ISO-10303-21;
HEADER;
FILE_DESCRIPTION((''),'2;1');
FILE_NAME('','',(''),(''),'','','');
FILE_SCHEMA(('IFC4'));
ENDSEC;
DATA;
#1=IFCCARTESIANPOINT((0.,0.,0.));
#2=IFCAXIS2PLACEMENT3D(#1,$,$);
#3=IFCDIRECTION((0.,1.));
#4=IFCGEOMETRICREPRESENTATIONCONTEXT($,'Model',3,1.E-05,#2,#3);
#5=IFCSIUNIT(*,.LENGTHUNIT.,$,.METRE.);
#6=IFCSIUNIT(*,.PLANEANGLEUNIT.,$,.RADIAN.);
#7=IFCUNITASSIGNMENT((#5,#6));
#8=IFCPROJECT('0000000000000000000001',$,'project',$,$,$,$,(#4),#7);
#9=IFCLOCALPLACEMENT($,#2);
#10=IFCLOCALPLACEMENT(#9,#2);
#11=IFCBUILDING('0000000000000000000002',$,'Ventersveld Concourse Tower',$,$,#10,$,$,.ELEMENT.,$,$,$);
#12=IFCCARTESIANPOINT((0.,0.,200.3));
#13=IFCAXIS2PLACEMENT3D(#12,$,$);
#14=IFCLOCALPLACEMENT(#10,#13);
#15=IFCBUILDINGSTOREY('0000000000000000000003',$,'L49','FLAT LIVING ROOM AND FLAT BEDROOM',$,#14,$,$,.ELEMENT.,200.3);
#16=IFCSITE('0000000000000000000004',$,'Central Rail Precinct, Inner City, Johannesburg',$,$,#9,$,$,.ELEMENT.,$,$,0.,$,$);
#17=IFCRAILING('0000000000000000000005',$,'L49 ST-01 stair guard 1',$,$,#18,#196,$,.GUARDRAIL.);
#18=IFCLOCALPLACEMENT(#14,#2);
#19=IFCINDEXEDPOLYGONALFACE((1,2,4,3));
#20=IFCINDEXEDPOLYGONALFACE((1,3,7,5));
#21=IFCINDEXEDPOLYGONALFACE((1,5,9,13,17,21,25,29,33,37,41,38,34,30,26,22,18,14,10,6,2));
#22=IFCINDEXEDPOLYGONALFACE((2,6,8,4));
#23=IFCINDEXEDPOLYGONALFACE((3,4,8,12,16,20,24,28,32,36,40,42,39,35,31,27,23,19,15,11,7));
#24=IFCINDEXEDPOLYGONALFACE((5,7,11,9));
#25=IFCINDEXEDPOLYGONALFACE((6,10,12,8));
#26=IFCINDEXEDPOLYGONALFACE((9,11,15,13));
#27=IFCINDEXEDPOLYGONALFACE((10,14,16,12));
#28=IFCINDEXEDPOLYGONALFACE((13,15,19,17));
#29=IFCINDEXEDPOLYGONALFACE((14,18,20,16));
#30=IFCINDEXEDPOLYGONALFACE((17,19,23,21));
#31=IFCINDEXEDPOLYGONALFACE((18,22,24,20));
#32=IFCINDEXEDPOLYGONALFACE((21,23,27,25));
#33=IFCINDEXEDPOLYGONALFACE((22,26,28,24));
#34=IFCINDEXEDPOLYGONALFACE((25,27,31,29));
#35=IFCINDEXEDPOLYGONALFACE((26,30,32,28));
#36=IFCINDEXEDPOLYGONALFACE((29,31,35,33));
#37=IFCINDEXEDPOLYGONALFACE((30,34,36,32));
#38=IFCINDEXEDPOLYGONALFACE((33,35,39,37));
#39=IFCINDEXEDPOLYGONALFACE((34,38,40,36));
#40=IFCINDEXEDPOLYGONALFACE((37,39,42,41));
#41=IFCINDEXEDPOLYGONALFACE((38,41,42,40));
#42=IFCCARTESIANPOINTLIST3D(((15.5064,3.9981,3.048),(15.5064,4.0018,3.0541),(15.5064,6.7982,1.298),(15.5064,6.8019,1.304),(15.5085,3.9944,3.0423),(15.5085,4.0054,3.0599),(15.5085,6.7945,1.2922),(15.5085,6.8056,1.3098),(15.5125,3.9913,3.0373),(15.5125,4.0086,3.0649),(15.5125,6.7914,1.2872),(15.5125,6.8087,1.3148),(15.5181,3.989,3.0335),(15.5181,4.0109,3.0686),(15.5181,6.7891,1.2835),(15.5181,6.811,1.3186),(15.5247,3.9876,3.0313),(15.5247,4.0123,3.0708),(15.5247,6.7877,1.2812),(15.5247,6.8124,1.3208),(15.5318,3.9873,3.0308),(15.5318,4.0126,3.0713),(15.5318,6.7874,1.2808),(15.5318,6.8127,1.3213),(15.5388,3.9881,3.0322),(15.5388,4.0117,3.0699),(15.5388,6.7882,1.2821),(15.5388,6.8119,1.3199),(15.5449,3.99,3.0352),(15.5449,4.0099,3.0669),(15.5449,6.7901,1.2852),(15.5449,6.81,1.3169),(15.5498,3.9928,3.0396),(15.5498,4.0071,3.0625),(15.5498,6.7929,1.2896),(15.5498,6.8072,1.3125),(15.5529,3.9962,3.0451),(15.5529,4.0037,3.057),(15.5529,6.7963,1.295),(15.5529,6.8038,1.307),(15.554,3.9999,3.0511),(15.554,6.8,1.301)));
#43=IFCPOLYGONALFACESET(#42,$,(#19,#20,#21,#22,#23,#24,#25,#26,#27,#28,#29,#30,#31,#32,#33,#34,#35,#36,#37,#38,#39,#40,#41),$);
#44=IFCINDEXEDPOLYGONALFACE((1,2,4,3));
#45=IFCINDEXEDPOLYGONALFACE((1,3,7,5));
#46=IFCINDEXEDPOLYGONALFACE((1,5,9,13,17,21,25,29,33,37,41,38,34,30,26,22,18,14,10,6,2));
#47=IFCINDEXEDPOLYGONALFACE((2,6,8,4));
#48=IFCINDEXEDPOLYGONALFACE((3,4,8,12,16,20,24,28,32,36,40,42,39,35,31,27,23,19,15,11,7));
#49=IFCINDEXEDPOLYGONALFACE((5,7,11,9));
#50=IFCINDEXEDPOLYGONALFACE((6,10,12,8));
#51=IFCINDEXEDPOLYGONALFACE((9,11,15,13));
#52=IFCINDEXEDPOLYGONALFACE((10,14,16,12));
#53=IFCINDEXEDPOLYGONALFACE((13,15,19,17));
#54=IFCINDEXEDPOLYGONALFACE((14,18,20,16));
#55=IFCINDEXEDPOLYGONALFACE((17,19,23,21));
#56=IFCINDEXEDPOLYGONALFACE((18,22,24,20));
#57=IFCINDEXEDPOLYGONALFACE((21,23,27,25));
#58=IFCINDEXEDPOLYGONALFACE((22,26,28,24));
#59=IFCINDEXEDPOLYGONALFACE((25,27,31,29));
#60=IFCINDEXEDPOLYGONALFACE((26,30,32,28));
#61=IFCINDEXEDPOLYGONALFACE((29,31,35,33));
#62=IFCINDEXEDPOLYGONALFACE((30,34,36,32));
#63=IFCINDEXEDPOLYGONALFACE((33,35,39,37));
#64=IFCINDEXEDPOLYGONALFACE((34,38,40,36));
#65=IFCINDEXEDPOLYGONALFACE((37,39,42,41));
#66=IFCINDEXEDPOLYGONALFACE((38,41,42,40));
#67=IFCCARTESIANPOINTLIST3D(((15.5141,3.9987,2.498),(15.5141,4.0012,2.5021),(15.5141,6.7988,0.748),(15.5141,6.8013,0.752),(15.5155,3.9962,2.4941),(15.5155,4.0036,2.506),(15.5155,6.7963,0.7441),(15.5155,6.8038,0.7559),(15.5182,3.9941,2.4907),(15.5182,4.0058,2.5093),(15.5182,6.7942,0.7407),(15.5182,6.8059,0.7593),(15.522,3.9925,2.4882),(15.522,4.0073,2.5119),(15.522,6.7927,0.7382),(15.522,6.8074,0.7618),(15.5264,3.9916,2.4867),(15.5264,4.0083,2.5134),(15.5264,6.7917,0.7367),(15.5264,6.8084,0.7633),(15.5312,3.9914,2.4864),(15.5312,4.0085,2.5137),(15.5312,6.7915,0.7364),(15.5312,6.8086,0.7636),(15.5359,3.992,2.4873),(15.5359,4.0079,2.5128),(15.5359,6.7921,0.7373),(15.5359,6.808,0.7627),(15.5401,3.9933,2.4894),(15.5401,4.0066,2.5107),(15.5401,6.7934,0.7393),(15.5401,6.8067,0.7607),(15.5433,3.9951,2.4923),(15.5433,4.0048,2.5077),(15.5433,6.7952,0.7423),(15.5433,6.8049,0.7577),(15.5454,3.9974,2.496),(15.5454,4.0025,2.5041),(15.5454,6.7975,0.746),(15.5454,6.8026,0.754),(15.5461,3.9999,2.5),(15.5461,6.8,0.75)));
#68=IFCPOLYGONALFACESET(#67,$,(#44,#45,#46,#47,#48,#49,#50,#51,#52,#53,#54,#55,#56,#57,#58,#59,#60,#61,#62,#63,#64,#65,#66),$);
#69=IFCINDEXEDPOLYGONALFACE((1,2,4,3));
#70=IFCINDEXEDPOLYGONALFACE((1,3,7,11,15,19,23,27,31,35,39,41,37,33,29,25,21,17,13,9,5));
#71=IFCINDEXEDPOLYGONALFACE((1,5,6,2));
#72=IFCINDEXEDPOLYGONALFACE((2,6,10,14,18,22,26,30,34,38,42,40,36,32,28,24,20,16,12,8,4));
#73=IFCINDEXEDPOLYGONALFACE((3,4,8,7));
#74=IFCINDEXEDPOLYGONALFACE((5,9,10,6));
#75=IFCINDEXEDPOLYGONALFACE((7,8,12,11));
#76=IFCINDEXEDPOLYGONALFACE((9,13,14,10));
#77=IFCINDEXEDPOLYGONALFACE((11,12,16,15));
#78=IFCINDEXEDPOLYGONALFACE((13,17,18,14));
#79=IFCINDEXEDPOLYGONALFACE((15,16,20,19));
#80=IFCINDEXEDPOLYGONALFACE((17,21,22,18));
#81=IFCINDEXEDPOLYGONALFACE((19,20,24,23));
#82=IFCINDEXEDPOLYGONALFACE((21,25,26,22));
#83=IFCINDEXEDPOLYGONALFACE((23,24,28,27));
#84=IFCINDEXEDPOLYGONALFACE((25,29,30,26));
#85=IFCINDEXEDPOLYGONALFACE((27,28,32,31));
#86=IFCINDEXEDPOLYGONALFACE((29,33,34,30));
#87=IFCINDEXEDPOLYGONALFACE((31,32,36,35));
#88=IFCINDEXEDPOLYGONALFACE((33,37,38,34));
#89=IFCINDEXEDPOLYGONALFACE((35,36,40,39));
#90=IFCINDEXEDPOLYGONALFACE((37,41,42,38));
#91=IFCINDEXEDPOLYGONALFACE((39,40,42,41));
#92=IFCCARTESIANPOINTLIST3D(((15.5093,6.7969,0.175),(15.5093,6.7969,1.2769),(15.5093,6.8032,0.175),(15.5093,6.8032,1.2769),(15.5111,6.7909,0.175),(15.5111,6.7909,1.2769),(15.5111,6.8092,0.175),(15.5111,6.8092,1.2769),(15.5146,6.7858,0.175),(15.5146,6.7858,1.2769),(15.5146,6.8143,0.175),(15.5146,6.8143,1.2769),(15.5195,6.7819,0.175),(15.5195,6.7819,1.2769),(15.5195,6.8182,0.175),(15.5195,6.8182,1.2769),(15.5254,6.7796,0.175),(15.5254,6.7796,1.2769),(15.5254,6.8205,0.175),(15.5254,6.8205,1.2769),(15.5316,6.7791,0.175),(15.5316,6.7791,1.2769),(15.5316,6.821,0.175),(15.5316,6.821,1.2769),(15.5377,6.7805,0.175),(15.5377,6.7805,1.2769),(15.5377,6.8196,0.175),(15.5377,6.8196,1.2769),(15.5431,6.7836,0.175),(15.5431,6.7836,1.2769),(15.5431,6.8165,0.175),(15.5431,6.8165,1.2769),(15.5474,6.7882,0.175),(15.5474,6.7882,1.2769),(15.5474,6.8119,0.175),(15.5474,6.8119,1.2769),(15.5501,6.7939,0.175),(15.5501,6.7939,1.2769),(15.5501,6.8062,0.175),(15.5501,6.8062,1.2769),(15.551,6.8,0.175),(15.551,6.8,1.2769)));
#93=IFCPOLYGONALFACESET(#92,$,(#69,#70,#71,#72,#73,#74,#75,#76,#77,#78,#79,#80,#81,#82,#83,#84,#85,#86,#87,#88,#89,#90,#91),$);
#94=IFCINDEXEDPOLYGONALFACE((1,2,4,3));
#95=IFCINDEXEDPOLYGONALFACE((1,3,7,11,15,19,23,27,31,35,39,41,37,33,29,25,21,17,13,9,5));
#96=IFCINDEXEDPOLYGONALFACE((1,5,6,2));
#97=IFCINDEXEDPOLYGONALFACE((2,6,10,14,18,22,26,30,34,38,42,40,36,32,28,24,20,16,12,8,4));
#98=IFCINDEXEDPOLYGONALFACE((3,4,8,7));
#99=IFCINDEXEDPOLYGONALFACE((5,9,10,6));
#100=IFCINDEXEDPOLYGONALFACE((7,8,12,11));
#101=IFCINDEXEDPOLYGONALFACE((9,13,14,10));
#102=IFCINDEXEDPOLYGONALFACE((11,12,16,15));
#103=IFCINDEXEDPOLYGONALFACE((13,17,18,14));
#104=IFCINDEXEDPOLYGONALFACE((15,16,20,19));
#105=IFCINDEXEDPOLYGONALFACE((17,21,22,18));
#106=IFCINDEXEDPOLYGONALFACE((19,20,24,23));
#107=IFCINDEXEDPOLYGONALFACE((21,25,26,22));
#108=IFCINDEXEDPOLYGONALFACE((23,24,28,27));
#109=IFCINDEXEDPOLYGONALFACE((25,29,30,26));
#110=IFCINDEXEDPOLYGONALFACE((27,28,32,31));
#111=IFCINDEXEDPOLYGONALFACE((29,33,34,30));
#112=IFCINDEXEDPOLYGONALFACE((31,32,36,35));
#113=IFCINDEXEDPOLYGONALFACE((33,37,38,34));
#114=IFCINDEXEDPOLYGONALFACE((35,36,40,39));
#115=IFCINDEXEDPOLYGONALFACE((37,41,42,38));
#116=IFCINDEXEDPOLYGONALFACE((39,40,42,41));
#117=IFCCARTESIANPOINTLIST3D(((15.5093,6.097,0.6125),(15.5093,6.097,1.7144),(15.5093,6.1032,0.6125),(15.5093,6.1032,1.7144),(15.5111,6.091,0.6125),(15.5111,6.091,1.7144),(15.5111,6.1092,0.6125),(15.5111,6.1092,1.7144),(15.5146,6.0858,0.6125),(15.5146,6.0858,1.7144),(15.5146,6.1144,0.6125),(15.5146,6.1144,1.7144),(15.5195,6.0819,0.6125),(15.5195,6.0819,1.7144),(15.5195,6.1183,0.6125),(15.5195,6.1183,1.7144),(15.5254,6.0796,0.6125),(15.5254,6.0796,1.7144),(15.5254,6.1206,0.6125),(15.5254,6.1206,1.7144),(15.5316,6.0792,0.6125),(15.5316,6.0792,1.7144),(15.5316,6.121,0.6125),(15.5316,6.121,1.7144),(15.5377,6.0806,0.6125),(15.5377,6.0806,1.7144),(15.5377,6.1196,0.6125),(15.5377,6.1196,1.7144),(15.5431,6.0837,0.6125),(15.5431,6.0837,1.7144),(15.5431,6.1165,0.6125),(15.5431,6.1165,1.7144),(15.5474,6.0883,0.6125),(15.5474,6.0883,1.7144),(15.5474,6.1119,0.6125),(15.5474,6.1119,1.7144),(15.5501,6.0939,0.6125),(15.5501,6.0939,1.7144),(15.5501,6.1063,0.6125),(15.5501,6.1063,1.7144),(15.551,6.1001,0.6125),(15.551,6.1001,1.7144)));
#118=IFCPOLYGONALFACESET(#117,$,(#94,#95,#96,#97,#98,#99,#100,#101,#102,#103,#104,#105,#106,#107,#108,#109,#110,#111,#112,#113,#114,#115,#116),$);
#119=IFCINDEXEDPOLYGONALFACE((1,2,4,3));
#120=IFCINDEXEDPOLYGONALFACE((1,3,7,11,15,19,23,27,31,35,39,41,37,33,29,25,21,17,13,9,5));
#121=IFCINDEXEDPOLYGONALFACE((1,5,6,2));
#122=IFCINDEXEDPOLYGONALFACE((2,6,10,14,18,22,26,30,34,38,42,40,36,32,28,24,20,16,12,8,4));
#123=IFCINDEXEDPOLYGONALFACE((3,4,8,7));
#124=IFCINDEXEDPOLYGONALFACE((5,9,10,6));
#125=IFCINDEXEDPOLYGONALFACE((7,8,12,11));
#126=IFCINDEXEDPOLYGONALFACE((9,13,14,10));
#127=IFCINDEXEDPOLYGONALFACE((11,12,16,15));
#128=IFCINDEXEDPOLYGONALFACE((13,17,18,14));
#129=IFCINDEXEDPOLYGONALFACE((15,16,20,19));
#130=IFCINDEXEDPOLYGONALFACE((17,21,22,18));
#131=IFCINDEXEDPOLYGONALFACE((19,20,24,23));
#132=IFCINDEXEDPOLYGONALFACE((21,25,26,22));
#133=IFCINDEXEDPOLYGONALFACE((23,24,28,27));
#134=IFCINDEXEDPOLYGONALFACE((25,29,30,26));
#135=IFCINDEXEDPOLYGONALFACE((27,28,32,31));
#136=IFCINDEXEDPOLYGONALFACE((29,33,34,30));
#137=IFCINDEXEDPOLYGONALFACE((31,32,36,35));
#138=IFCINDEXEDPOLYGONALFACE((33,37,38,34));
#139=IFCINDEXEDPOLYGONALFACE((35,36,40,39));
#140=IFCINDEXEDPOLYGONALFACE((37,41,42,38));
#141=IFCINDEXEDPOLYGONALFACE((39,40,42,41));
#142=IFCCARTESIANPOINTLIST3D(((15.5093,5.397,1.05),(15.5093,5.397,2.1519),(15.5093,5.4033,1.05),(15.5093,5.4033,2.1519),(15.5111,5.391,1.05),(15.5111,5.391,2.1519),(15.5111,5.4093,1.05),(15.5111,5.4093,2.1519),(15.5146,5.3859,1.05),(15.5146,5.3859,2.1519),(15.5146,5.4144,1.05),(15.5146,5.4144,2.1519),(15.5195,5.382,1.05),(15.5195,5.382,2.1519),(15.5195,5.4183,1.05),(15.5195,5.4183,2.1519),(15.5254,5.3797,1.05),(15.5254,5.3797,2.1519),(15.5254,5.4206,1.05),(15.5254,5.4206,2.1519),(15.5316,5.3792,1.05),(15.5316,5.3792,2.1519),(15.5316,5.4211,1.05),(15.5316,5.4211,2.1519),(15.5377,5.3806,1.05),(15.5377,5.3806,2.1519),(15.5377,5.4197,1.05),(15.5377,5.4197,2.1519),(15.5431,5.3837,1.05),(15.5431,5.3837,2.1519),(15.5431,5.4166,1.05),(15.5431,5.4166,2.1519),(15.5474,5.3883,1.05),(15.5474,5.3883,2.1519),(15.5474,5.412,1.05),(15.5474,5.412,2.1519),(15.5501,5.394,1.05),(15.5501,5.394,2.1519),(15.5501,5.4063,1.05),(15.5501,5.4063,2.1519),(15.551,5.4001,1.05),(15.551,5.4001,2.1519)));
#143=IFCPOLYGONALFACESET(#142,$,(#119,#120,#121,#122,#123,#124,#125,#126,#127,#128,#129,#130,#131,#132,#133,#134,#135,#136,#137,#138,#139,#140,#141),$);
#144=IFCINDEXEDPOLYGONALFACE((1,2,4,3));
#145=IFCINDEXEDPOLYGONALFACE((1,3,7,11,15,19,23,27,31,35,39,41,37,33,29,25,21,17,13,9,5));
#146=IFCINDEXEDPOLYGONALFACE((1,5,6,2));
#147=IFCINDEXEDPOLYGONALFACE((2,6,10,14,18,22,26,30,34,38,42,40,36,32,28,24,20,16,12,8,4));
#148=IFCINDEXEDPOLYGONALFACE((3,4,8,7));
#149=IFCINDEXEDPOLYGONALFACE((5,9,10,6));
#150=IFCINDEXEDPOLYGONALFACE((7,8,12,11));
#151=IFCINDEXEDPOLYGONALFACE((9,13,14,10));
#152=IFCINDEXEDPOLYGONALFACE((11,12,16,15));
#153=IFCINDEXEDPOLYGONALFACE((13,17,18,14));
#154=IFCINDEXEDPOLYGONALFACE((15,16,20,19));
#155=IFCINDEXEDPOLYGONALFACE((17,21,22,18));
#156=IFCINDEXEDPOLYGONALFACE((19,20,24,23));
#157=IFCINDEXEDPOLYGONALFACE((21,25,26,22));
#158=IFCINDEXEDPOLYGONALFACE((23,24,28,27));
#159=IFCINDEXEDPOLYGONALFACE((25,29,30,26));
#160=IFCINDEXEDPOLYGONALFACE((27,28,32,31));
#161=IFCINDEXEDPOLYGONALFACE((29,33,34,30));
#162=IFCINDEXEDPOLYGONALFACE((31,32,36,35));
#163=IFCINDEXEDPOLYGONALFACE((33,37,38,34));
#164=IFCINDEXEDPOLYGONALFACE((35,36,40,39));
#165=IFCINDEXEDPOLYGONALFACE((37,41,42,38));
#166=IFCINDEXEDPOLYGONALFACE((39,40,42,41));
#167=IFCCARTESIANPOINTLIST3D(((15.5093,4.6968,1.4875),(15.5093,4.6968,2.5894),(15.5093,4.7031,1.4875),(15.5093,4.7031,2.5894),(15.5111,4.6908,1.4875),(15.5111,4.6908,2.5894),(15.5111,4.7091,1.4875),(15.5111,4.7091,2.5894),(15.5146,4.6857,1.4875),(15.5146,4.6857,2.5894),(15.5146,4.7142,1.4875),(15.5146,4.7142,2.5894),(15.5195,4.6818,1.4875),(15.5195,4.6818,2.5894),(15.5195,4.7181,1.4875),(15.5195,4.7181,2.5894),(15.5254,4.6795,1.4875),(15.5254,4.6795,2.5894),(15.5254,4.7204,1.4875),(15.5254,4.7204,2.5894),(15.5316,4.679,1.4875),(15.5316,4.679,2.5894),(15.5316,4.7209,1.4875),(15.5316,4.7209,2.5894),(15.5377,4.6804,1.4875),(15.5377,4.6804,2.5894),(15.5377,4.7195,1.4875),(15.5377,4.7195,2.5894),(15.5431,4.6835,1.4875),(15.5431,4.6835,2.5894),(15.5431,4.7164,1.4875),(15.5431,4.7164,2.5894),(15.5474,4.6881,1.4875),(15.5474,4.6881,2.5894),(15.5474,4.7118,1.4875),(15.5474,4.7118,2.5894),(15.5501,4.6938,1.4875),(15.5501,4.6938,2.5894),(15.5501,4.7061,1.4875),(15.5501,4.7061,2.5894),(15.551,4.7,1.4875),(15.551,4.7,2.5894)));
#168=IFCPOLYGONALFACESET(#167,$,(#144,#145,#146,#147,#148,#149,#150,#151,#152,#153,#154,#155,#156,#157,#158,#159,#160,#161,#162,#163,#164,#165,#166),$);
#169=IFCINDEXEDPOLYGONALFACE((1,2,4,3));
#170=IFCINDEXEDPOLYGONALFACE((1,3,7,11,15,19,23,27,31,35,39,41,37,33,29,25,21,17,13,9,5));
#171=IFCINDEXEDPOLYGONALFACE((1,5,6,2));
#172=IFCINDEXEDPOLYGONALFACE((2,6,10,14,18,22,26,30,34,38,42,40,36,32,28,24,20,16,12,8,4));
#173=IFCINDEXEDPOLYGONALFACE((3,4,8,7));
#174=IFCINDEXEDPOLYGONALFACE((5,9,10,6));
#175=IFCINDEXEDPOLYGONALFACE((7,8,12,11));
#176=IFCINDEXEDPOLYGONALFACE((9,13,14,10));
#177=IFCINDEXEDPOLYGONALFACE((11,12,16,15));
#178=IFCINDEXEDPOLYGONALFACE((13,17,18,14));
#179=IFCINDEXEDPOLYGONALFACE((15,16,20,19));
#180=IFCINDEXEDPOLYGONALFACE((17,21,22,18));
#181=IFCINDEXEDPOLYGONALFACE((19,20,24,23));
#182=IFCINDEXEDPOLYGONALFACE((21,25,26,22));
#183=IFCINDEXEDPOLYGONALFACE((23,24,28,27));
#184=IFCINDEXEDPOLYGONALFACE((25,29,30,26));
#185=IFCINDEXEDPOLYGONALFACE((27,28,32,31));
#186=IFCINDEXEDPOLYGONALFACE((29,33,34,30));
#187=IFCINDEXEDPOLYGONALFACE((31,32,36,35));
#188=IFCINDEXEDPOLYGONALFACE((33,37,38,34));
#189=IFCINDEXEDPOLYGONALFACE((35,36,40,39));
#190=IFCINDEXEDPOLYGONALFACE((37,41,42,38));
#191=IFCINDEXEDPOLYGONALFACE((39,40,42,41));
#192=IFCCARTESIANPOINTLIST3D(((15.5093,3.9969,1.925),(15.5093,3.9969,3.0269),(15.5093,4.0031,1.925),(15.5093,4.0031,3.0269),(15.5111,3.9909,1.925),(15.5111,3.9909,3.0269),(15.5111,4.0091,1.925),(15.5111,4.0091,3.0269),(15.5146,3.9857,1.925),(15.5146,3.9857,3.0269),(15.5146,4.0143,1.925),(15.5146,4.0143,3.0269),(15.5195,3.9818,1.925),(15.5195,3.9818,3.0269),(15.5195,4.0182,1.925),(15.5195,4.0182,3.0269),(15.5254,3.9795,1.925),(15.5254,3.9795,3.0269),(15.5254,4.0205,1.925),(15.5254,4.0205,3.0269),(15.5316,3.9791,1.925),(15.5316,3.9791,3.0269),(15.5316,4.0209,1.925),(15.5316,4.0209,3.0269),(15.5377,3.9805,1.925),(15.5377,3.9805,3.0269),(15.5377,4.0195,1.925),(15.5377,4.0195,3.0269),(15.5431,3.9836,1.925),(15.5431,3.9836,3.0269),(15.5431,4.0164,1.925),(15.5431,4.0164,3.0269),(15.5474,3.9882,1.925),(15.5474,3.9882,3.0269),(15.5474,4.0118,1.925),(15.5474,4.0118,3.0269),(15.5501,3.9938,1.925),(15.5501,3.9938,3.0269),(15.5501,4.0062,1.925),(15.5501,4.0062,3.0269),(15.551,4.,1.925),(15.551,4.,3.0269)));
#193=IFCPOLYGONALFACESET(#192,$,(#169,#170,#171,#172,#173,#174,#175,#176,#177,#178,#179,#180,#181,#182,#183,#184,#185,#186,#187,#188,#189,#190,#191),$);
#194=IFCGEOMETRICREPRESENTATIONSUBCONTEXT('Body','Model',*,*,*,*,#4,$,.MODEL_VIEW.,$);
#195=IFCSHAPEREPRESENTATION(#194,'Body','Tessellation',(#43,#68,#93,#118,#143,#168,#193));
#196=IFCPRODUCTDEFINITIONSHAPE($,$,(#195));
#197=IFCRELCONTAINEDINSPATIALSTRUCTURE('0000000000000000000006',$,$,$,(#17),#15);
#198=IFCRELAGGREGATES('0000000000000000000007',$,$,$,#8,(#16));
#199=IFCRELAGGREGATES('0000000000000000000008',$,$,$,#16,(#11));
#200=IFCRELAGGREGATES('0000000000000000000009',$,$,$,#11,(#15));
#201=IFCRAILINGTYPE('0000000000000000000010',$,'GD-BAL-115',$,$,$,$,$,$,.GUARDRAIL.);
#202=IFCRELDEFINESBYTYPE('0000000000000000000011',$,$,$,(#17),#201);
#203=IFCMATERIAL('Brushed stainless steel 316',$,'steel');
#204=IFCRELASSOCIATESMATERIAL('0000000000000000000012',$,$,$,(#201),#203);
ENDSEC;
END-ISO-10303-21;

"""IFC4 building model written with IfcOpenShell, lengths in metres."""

from ifc_helpers import new_model, si_unit, direction, frame, origin, origin_2d, place, context, subcontext, project, spatial, circle, extrude, material, type_object, element, save


model = new_model("IFC4")

# Units and contexts
model_context = context("Model", 3, precision=1e-05, world=origin(), true_north=direction((0.0, 1.0)))
body_context = subcontext(model_context, "Body", "Model", "MODEL_VIEW")
ifc_project = project(units=[si_unit("LENGTHUNIT", "METRE"), si_unit("PLANEANGLEUNIT", "RADIAN")], contexts=[model_context])

# Site, building, storey
site_placement = place(None, origin())
site = spatial("IfcSite", under=ifc_project, at=site_placement, Name="Central Rail Precinct, Inner City, Johannesburg", CompositionType="ELEMENT", RefElevation=0.0)
building_placement = place(site_placement, origin())
building = spatial("IfcBuilding", under=site, at=building_placement, Name="Ventersveld Concourse Tower", CompositionType="ELEMENT")
storey_placement = place(building_placement, frame((0.0, 0.0, 200.3)))
storey = spatial("IfcBuildingStorey", under=building, at=storey_placement, Name="L49", Description="FLAT LIVING ROOM AND FLAT BEDROOM", CompositionType="ELEMENT", Elevation=200.3)

# Railing
ifc_material_1 = material(Name="Brushed stainless steel 316", Category="steel")
railing_type_1 = type_object("IfcRailingType", Name="GD-BAL-115", PredefinedType="GUARDRAIL", material=ifc_material_1)
railing_1_placement = place(storey_placement, frame((15.53, 6.8, 0.175)))
element("IfcRailing", 1, at=railing_1_placement, inside=storey, type_object=railing_type_1, Name="L49 ST-01 stair guard 1", PredefinedType="GUARDRAIL", context=body_context, shape_type="SweptSolid", body=[
    extrude(circle(Radius=0.0239, at=origin_2d()), frame((0.0, 0.0, 1.126), z_axis=(0.0, -0.848002, 0.529992), x_axis=(1.0, 0.0, 0.0)), (0.0, 0.0, 1.0), 3.302),
    extrude(circle(Radius=0.0161, at=origin_2d()), frame((0.0, 0.0, 0.575), z_axis=(0.0, -0.848002, 0.529992), x_axis=(1.0, 0.0, 0.0)), (0.0, 0.0, 1.0), 3.302),
    extrude(circle(Radius=0.021, at=origin_2d()), origin(), (0.0, 0.0, 1.0), 1.1018),
    extrude(circle(Radius=0.021, at=origin_2d()), frame((0.0, -0.7, 0.4375)), (0.0, 0.0, 1.0), 1.1018),
    extrude(circle(Radius=0.021, at=origin_2d()), frame((0.0, -1.3999, 0.875)), (0.0, 0.0, 1.0), 1.1018),
    extrude(circle(Radius=0.021, at=origin_2d()), frame((0.0, -2.1001, 1.3125)), (0.0, 0.0, 1.0), 1.1018),
    extrude(circle(Radius=0.021, at=origin_2d()), frame((0.0, -2.8, 1.75)), (0.0, 0.0, 1.0), 1.1018),
])

save(model, "model.ifc")
